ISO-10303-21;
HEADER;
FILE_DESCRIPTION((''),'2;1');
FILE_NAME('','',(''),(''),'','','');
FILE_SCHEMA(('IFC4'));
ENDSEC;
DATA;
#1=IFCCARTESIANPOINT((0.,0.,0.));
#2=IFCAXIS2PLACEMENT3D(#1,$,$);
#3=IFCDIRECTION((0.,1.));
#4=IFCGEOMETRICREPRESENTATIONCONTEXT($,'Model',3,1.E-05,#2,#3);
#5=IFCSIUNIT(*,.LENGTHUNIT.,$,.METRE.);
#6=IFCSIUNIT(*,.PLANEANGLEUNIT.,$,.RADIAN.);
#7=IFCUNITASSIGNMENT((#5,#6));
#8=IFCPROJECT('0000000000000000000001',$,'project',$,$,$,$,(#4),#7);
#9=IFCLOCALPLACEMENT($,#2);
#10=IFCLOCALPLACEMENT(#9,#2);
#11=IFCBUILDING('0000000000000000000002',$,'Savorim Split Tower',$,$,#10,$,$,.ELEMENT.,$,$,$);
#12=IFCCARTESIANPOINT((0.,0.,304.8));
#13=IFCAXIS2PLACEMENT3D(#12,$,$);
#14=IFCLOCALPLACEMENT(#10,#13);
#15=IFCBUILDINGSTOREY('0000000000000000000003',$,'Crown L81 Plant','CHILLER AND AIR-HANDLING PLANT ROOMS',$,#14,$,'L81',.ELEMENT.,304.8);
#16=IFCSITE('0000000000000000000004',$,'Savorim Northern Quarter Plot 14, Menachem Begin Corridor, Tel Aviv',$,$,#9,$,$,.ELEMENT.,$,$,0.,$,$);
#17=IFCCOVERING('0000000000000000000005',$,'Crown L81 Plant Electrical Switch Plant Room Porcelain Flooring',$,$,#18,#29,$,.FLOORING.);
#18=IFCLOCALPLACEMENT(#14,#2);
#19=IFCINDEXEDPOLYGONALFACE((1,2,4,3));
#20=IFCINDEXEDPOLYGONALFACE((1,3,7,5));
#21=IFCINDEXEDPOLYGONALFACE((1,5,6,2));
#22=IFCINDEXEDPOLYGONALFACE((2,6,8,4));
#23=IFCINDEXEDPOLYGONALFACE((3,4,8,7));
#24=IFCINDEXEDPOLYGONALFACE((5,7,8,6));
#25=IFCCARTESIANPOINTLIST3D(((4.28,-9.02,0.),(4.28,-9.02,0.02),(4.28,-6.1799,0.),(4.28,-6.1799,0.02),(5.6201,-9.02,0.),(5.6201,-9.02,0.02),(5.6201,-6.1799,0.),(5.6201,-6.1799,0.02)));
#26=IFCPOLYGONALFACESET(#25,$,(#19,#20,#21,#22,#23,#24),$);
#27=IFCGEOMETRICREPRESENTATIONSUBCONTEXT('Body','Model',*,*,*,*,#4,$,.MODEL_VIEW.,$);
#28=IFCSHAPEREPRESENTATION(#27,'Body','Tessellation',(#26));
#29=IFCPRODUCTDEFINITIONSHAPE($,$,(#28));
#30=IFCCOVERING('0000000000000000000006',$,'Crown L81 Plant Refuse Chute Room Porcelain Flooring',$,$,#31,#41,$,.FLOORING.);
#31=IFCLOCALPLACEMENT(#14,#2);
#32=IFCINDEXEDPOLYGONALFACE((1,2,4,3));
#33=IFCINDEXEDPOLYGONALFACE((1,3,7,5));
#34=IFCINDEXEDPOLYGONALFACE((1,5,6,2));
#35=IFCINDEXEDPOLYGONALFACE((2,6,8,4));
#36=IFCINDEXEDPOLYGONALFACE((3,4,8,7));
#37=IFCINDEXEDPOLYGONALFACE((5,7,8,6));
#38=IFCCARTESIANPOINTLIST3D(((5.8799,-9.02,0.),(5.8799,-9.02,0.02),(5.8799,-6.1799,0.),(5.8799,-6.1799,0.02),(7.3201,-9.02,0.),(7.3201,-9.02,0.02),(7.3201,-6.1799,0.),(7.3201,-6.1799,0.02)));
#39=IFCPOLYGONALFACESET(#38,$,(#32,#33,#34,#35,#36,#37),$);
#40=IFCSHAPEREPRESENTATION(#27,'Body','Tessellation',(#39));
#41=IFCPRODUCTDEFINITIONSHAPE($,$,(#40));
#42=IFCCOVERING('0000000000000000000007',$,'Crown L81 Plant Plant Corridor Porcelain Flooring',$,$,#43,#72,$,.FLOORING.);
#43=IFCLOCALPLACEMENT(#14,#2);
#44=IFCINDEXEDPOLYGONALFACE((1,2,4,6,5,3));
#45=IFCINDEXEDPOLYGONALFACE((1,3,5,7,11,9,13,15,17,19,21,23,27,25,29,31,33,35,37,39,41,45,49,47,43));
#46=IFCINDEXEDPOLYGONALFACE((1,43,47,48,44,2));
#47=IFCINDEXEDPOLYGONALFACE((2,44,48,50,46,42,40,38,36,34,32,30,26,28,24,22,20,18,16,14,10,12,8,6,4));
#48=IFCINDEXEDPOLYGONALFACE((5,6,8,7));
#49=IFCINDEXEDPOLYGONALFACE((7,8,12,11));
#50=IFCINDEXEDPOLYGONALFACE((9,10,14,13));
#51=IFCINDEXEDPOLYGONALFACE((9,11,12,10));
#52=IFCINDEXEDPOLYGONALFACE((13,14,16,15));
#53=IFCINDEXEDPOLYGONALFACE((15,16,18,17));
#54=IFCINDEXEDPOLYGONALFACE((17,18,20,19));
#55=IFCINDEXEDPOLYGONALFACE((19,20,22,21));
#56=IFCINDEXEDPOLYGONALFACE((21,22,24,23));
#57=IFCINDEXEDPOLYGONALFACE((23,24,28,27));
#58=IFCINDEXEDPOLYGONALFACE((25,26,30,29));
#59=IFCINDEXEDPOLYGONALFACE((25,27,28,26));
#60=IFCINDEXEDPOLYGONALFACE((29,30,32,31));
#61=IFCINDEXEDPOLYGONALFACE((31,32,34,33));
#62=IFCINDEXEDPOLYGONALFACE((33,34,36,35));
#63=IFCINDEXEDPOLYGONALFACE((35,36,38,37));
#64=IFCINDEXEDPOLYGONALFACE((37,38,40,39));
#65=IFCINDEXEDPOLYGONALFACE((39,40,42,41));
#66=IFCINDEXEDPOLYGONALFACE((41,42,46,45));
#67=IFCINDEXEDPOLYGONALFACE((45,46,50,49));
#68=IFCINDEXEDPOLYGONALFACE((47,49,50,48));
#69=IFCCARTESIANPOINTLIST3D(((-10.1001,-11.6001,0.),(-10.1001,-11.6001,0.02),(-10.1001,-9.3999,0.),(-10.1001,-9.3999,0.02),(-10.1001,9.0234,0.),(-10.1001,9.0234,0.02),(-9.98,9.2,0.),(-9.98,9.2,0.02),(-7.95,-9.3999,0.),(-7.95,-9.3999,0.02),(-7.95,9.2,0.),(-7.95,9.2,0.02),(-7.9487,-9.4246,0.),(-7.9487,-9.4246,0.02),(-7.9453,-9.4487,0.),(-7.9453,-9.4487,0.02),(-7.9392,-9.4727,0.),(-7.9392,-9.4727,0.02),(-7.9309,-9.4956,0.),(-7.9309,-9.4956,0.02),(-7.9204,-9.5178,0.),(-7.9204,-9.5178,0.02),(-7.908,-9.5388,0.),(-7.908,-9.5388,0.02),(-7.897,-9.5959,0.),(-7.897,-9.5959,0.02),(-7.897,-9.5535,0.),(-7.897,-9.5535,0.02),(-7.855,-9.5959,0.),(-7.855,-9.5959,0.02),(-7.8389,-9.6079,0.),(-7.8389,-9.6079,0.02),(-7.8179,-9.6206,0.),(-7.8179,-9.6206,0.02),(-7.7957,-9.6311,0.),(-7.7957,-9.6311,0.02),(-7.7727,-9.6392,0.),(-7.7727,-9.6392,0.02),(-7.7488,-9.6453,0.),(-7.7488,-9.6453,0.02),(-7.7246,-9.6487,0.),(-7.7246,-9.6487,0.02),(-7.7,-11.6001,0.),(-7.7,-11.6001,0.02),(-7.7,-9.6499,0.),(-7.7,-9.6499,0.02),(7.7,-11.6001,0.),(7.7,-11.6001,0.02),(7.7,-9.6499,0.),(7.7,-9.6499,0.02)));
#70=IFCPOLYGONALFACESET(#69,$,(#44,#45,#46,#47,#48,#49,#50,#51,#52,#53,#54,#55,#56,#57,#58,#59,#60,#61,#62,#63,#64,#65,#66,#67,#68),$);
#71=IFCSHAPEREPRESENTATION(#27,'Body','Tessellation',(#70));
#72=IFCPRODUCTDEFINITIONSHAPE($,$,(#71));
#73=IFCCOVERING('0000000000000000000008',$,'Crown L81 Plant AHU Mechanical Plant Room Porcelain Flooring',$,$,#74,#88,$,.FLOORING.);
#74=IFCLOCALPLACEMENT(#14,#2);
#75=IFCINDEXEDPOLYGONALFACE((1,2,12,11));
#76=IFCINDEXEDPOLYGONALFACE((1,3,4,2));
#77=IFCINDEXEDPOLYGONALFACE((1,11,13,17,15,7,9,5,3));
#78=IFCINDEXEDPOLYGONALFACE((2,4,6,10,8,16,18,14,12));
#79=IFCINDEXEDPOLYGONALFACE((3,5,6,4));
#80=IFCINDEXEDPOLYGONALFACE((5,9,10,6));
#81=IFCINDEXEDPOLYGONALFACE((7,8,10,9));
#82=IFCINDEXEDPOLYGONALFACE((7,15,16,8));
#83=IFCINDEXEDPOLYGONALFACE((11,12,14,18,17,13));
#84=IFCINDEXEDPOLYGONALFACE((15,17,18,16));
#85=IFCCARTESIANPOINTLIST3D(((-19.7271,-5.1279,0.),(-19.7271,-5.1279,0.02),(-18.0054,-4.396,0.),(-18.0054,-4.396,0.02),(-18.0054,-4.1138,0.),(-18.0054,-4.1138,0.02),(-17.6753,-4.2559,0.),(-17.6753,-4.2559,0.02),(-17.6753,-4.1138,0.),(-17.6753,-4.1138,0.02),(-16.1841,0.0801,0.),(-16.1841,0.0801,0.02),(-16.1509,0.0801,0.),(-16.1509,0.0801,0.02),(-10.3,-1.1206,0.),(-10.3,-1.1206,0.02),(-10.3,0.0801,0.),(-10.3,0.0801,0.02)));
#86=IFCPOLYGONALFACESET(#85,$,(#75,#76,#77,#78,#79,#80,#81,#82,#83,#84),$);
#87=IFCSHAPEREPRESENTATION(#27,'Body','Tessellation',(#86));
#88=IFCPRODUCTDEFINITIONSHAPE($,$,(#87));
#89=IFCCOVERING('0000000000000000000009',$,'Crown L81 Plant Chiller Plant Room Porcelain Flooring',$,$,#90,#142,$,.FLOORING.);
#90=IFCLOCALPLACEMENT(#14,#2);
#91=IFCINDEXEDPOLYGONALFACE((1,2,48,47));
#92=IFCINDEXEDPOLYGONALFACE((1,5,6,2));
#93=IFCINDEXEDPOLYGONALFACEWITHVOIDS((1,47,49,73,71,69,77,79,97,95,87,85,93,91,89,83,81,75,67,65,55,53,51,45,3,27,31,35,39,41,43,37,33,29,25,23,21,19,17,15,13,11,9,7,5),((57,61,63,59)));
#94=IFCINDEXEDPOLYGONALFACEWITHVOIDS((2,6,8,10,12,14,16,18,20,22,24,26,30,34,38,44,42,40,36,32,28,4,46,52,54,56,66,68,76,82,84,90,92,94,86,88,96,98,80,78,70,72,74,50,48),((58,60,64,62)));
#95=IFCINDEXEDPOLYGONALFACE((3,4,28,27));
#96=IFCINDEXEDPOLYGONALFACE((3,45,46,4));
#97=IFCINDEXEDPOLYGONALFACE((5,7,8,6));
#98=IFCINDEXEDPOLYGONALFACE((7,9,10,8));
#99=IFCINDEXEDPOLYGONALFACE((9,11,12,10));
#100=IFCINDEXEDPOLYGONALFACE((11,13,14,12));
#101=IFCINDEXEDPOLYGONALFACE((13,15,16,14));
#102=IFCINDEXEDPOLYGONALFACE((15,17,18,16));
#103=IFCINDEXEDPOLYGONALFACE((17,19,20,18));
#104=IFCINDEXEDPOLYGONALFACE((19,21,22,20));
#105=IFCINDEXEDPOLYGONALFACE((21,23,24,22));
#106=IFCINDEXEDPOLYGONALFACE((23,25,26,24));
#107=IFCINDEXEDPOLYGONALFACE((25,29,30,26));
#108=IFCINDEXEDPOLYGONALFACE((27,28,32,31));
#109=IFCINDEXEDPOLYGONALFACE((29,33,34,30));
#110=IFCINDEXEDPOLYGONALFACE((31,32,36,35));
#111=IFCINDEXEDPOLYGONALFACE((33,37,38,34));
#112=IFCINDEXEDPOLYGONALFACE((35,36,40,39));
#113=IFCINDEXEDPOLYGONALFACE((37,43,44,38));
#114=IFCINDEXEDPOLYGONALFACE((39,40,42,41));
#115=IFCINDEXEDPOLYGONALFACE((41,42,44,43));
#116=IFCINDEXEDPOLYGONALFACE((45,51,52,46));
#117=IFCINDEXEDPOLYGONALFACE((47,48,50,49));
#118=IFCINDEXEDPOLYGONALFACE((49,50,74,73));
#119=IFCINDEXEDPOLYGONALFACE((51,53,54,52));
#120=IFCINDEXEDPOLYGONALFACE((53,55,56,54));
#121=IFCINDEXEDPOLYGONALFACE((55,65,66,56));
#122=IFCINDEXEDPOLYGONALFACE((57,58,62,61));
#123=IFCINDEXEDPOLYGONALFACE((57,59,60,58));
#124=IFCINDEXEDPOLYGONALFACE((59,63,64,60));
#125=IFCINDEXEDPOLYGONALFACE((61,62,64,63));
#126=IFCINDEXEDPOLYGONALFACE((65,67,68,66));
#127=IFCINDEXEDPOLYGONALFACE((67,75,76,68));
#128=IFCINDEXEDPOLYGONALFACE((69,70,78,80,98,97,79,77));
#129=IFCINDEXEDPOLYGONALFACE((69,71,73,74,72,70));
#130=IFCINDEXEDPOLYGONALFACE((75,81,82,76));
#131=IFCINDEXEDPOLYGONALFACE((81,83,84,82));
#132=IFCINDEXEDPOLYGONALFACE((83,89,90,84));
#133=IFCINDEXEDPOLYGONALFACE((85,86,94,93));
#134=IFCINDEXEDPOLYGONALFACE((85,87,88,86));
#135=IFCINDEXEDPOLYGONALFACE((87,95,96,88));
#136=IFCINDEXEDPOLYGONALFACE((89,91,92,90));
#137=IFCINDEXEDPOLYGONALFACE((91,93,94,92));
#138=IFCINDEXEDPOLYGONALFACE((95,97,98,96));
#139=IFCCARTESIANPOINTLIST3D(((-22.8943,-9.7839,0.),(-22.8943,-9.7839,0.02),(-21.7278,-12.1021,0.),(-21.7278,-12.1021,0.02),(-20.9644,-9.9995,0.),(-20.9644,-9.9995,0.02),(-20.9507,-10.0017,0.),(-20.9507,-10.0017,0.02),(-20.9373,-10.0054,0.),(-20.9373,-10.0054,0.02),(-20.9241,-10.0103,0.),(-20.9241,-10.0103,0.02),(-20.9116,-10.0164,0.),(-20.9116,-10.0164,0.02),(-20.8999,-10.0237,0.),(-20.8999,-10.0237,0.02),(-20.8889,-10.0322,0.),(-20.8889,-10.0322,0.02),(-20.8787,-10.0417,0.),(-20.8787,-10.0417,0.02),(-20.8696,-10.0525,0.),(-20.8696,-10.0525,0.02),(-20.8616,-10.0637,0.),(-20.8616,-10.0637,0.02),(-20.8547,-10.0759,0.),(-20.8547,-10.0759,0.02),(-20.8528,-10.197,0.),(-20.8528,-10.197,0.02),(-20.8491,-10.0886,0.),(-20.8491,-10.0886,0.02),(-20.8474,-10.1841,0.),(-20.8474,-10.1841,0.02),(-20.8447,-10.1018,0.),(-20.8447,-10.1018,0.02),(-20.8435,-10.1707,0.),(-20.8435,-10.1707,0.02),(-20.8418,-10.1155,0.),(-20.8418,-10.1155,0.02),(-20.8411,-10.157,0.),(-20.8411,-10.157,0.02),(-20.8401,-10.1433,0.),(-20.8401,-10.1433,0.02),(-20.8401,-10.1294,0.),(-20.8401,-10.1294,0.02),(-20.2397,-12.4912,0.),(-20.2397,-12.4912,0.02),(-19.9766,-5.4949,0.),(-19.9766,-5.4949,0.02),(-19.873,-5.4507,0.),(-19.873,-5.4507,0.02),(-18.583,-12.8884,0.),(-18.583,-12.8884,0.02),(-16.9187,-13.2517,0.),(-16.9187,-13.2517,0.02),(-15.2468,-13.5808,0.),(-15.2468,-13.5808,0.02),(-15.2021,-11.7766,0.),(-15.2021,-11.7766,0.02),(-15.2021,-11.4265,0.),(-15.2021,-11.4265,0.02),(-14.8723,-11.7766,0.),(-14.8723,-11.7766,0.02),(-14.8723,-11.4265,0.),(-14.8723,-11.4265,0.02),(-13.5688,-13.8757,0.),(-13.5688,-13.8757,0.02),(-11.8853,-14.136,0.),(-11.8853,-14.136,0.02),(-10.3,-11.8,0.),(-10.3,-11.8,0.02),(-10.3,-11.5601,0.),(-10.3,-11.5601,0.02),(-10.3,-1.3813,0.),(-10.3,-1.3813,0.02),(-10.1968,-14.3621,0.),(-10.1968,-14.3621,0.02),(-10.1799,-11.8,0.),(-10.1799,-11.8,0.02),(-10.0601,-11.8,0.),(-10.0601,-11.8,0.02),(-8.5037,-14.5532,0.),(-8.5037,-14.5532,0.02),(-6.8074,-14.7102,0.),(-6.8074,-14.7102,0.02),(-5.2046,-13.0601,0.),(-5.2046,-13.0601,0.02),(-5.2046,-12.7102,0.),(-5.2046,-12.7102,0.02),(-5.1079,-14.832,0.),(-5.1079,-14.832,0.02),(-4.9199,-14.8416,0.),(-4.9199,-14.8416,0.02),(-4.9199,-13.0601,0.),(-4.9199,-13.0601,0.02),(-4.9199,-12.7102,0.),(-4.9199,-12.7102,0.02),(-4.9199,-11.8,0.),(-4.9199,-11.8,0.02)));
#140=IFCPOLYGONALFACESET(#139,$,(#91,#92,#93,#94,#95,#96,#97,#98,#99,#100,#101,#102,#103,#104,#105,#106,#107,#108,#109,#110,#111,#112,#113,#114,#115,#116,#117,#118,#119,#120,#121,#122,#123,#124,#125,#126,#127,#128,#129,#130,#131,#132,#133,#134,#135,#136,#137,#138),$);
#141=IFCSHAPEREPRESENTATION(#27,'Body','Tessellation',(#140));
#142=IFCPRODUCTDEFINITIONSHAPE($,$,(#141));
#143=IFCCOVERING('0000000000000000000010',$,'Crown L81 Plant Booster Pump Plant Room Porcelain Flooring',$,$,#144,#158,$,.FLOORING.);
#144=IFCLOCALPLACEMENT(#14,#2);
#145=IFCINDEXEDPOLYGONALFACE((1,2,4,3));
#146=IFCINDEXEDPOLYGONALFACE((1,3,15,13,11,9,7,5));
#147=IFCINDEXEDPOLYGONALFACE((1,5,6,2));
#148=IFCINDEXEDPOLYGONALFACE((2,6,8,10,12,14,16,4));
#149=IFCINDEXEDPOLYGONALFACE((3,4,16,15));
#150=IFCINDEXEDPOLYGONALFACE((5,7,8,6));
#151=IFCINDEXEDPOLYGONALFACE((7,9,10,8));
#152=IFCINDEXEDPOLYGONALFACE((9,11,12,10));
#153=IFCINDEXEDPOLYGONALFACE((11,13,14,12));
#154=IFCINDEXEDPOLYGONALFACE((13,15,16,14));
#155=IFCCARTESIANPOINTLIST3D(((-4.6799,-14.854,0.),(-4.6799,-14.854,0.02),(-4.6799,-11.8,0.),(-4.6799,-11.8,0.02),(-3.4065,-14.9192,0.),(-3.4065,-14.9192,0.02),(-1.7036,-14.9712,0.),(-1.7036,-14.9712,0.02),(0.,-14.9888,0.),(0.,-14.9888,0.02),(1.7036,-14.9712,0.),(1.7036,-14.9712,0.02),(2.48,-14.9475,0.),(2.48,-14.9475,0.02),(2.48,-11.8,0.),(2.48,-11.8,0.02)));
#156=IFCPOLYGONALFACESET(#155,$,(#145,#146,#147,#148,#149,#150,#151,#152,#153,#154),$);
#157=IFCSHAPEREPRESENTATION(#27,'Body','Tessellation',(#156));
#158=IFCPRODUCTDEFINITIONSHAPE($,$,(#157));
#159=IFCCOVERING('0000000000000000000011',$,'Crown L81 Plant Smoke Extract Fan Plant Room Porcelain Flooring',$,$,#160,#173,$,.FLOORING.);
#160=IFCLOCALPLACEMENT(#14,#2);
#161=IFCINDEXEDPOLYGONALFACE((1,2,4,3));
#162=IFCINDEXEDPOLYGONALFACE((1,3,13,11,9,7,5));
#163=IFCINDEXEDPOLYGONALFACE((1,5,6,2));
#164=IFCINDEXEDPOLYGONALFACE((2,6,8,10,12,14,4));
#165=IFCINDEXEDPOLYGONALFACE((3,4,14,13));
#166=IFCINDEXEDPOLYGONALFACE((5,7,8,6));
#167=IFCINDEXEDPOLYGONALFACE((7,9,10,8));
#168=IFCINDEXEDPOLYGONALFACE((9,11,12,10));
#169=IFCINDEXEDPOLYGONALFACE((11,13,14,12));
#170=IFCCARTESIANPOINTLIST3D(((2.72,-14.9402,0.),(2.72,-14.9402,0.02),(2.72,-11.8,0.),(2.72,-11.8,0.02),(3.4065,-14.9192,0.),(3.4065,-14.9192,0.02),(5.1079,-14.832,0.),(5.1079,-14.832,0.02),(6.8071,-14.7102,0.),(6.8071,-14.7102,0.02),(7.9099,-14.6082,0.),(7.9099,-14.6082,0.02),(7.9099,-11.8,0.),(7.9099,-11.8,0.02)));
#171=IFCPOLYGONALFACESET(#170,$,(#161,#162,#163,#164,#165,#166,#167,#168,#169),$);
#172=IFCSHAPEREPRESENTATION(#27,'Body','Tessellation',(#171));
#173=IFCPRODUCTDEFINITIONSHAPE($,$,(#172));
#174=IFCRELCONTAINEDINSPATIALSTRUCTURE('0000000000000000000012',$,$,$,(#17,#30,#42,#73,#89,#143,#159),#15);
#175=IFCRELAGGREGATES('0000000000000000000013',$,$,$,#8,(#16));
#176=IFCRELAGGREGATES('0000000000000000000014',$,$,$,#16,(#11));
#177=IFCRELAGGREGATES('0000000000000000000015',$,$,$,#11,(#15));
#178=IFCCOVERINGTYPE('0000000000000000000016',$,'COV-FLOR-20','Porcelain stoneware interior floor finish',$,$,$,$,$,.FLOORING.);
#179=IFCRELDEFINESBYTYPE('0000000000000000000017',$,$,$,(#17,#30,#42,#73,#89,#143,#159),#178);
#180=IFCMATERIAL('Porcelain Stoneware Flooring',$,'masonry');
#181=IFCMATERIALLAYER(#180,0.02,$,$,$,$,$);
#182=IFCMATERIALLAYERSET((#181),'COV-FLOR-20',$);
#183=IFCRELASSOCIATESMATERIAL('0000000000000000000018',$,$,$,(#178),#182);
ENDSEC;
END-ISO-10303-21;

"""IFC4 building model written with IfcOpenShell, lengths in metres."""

from ifc_helpers import new_model, si_unit, direction, frame, origin, place, context, subcontext, project, spatial, polyline, outline, extrude, material, layer, layer_set, type_object, element, save


model = new_model("IFC4")

# Units and contexts
model_context = context("Model", 3, precision=1e-05, world=origin(), true_north=direction((0.0, 1.0)))
body_context = subcontext(model_context, "Body", "Model", "MODEL_VIEW")
ifc_project = project(units=[si_unit("LENGTHUNIT", "METRE"), si_unit("PLANEANGLEUNIT", "RADIAN")], contexts=[model_context])

# Site, building, storey
site_placement = place(None, origin())
site = spatial("IfcSite", under=ifc_project, at=site_placement, Name="Savorim Northern Quarter Plot 14, Menachem Begin Corridor, Tel Aviv", CompositionType="ELEMENT", RefElevation=0.0)
building_placement = place(site_placement, origin())
building = spatial("IfcBuilding", under=site, at=building_placement, Name="Savorim Split Tower", CompositionType="ELEMENT")
storey_placement = place(building_placement, frame((0.0, 0.0, 304.8)))
storey = spatial("IfcBuildingStorey", under=building, at=storey_placement, Name="Crown L81 Plant", Description="CHILLER AND AIR-HANDLING PLANT ROOMS", LongName="L81", CompositionType="ELEMENT", Elevation=304.8)

# Coverings
ifc_material_1 = material(Name="Porcelain Stoneware Flooring", Category="masonry")
ifc_layer_1 = layer(ifc_material_1, 0.02)
ifc_layer_set_1 = layer_set([ifc_layer_1], Name="COV-FLOR-20")
covering_type_1 = type_object("IfcCoveringType", Name="COV-FLOR-20", Description="Porcelain stoneware interior floor finish", PredefinedType="FLOORING", material=ifc_layer_set_1)
covering_1_placement = place(storey_placement, origin())
element("IfcCovering", 1, at=covering_1_placement, inside=storey, type_object=covering_type_1, Name="Crown L81 Plant Electrical Switch Plant Room Porcelain Flooring", PredefinedType="FLOORING", context=body_context, shape_type="SweptSolid", body=[
    extrude(outline(polyline([(4.28, -6.1799), (4.28, -9.02), (5.6201, -9.02), (5.6201, -6.1799), (4.28, -6.1799)])), origin(), (0.0, 0.0, 1.0), 0.02),
])
covering_2_placement = place(storey_placement, origin())
element("IfcCovering", 2, at=covering_2_placement, inside=storey, type_object=covering_type_1, Name="Crown L81 Plant Refuse Chute Room Porcelain Flooring", PredefinedType="FLOORING", context=body_context, shape_type="SweptSolid", body=[
    extrude(outline(polyline([(5.8799, -6.1799), (5.8799, -9.02), (7.3201, -9.02), (7.3201, -6.1799), (5.8799, -6.1799)])), origin(), (0.0, 0.0, 1.0), 0.02),
])
covering_3_placement = place(storey_placement, origin())
element("IfcCovering", 3, at=covering_3_placement, inside=storey, type_object=covering_type_1, Name="Crown L81 Plant Plant Corridor Porcelain Flooring", PredefinedType="FLOORING", context=body_context, shape_type="SweptSolid", body=[
    extrude(outline(polyline([(-10.1001, -11.6001), (-7.7, -11.6001), (7.7, -11.6001), (7.7, -9.6499), (-7.7, -9.6499), (-7.7246, -9.6487), (-7.7488, -9.6453), (-7.7727, -9.6392), (-7.7957, -9.6311), (-7.8179, -9.6206), (-7.8389, -9.6079), (-7.855, -9.5959), (-7.897, -9.5959), (-7.897, -9.5535), (-7.908, -9.5388), (-7.9204, -9.5178), (-7.9309, -9.4956), (-7.9392, -9.4727), (-7.9453, -9.4487), (-7.9487, -9.4246), (-7.95, -9.3999), (-7.95, 9.2), (-9.98, 9.2), (-10.1001, 9.0234), (-10.1001, -9.3999), (-10.1001, -11.6001)])), origin(), (0.0, 0.0, 1.0), 0.02),
])
covering_4_placement = place(storey_placement, origin())
element("IfcCovering", 4, at=covering_4_placement, inside=storey, type_object=covering_type_1, Name="Crown L81 Plant AHU Mechanical Plant Room Porcelain Flooring", PredefinedType="FLOORING", context=body_context, shape_type="SweptSolid", body=[
    extrude(outline(polyline([(-10.3, 0.0801), (-16.1509, 0.0801), (-16.1841, 0.0801), (-19.7271, -5.1279), (-18.0054, -4.396), (-18.0054, -4.1138), (-17.6753, -4.1138), (-17.6753, -4.2559), (-10.3, -1.1206), (-10.3, 0.0801)])), origin(), (0.0, 0.0, 1.0), 0.02),
])
covering_5_placement = place(storey_placement, origin())
element("IfcCovering", 5, at=covering_5_placement, inside=storey, type_object=covering_type_1, Name="Crown L81 Plant Chiller Plant Room Porcelain Flooring", PredefinedType="FLOORING", context=body_context, shape_type="SweptSolid", body=[
    extrude(outline(polyline([(-8.5037, -14.5532), (-6.8074, -14.7102), (-5.1079, -14.832), (-4.9199, -14.8416), (-4.9199, -13.0601), (-5.2046, -13.0601), (-5.2046, -12.7102), (-4.9199, -12.7102), (-4.9199, -11.8), (-10.0601, -11.8), (-10.1799, -11.8), (-10.3, -11.8), (-10.3, -11.5601), (-10.3, -1.3813), (-19.873, -5.4507), (-19.9766, -5.4949), (-22.8943, -9.7839), (-20.9644, -9.9995), (-20.9507, -10.0017), (-20.9373, -10.0054), (-20.9241, -10.0103), (-20.9116, -10.0164), (-20.8999, -10.0237), (-20.8889, -10.0322), (-20.8787, -10.0417), (-20.8696, -10.0525), (-20.8616, -10.0637), (-20.8547, -10.0759), (-20.8491, -10.0886), (-20.8447, -10.1018), (-20.8418, -10.1155), (-20.8401, -10.1294), (-20.8401, -10.1433), (-20.8411, -10.157), (-20.8435, -10.1707), (-20.8474, -10.1841), (-20.8528, -10.197), (-21.7278, -12.1021), (-20.2397, -12.4912), (-18.583, -12.8884), (-16.9187, -13.2517), (-15.2468, -13.5808), (-13.5688, -13.8757), (-11.8853, -14.136), (-10.1968, -14.3621), (-8.5037, -14.5532)]), holes=[polyline([(-14.8723, -11.7766), (-14.8723, -11.4265), (-15.2021, -11.4265), (-15.2021, -11.7766), (-14.8723, -11.7766)])]), origin(), (0.0, 0.0, 1.0), 0.02),
])
covering_6_placement = place(storey_placement, origin())
element("IfcCovering", 6, at=covering_6_placement, inside=storey, type_object=covering_type_1, Name="Crown L81 Plant Booster Pump Plant Room Porcelain Flooring", PredefinedType="FLOORING", context=body_context, shape_type="SweptSolid", body=[
    extrude(outline(polyline([(-1.7036, -14.9712), (0.0, -14.9888), (1.7036, -14.9712), (2.48, -14.9475), (2.48, -11.8), (-4.6799, -11.8), (-4.6799, -14.854), (-3.4065, -14.9192), (-1.7036, -14.9712)])), origin(), (0.0, 0.0, 1.0), 0.02),
])
covering_7_placement = place(storey_placement, origin())
element("IfcCovering", 7, at=covering_7_placement, inside=storey, type_object=covering_type_1, Name="Crown L81 Plant Smoke Extract Fan Plant Room Porcelain Flooring", PredefinedType="FLOORING", context=body_context, shape_type="SweptSolid", body=[
    extrude(outline(polyline([(3.4065, -14.9192), (5.1079, -14.832), (6.8071, -14.7102), (7.9099, -14.6082), (7.9099, -11.8), (2.72, -11.8), (2.72, -14.9402), (3.4065, -14.9192)])), origin(), (0.0, 0.0, 1.0), 0.02),
])

save(model, "model.ifc")
